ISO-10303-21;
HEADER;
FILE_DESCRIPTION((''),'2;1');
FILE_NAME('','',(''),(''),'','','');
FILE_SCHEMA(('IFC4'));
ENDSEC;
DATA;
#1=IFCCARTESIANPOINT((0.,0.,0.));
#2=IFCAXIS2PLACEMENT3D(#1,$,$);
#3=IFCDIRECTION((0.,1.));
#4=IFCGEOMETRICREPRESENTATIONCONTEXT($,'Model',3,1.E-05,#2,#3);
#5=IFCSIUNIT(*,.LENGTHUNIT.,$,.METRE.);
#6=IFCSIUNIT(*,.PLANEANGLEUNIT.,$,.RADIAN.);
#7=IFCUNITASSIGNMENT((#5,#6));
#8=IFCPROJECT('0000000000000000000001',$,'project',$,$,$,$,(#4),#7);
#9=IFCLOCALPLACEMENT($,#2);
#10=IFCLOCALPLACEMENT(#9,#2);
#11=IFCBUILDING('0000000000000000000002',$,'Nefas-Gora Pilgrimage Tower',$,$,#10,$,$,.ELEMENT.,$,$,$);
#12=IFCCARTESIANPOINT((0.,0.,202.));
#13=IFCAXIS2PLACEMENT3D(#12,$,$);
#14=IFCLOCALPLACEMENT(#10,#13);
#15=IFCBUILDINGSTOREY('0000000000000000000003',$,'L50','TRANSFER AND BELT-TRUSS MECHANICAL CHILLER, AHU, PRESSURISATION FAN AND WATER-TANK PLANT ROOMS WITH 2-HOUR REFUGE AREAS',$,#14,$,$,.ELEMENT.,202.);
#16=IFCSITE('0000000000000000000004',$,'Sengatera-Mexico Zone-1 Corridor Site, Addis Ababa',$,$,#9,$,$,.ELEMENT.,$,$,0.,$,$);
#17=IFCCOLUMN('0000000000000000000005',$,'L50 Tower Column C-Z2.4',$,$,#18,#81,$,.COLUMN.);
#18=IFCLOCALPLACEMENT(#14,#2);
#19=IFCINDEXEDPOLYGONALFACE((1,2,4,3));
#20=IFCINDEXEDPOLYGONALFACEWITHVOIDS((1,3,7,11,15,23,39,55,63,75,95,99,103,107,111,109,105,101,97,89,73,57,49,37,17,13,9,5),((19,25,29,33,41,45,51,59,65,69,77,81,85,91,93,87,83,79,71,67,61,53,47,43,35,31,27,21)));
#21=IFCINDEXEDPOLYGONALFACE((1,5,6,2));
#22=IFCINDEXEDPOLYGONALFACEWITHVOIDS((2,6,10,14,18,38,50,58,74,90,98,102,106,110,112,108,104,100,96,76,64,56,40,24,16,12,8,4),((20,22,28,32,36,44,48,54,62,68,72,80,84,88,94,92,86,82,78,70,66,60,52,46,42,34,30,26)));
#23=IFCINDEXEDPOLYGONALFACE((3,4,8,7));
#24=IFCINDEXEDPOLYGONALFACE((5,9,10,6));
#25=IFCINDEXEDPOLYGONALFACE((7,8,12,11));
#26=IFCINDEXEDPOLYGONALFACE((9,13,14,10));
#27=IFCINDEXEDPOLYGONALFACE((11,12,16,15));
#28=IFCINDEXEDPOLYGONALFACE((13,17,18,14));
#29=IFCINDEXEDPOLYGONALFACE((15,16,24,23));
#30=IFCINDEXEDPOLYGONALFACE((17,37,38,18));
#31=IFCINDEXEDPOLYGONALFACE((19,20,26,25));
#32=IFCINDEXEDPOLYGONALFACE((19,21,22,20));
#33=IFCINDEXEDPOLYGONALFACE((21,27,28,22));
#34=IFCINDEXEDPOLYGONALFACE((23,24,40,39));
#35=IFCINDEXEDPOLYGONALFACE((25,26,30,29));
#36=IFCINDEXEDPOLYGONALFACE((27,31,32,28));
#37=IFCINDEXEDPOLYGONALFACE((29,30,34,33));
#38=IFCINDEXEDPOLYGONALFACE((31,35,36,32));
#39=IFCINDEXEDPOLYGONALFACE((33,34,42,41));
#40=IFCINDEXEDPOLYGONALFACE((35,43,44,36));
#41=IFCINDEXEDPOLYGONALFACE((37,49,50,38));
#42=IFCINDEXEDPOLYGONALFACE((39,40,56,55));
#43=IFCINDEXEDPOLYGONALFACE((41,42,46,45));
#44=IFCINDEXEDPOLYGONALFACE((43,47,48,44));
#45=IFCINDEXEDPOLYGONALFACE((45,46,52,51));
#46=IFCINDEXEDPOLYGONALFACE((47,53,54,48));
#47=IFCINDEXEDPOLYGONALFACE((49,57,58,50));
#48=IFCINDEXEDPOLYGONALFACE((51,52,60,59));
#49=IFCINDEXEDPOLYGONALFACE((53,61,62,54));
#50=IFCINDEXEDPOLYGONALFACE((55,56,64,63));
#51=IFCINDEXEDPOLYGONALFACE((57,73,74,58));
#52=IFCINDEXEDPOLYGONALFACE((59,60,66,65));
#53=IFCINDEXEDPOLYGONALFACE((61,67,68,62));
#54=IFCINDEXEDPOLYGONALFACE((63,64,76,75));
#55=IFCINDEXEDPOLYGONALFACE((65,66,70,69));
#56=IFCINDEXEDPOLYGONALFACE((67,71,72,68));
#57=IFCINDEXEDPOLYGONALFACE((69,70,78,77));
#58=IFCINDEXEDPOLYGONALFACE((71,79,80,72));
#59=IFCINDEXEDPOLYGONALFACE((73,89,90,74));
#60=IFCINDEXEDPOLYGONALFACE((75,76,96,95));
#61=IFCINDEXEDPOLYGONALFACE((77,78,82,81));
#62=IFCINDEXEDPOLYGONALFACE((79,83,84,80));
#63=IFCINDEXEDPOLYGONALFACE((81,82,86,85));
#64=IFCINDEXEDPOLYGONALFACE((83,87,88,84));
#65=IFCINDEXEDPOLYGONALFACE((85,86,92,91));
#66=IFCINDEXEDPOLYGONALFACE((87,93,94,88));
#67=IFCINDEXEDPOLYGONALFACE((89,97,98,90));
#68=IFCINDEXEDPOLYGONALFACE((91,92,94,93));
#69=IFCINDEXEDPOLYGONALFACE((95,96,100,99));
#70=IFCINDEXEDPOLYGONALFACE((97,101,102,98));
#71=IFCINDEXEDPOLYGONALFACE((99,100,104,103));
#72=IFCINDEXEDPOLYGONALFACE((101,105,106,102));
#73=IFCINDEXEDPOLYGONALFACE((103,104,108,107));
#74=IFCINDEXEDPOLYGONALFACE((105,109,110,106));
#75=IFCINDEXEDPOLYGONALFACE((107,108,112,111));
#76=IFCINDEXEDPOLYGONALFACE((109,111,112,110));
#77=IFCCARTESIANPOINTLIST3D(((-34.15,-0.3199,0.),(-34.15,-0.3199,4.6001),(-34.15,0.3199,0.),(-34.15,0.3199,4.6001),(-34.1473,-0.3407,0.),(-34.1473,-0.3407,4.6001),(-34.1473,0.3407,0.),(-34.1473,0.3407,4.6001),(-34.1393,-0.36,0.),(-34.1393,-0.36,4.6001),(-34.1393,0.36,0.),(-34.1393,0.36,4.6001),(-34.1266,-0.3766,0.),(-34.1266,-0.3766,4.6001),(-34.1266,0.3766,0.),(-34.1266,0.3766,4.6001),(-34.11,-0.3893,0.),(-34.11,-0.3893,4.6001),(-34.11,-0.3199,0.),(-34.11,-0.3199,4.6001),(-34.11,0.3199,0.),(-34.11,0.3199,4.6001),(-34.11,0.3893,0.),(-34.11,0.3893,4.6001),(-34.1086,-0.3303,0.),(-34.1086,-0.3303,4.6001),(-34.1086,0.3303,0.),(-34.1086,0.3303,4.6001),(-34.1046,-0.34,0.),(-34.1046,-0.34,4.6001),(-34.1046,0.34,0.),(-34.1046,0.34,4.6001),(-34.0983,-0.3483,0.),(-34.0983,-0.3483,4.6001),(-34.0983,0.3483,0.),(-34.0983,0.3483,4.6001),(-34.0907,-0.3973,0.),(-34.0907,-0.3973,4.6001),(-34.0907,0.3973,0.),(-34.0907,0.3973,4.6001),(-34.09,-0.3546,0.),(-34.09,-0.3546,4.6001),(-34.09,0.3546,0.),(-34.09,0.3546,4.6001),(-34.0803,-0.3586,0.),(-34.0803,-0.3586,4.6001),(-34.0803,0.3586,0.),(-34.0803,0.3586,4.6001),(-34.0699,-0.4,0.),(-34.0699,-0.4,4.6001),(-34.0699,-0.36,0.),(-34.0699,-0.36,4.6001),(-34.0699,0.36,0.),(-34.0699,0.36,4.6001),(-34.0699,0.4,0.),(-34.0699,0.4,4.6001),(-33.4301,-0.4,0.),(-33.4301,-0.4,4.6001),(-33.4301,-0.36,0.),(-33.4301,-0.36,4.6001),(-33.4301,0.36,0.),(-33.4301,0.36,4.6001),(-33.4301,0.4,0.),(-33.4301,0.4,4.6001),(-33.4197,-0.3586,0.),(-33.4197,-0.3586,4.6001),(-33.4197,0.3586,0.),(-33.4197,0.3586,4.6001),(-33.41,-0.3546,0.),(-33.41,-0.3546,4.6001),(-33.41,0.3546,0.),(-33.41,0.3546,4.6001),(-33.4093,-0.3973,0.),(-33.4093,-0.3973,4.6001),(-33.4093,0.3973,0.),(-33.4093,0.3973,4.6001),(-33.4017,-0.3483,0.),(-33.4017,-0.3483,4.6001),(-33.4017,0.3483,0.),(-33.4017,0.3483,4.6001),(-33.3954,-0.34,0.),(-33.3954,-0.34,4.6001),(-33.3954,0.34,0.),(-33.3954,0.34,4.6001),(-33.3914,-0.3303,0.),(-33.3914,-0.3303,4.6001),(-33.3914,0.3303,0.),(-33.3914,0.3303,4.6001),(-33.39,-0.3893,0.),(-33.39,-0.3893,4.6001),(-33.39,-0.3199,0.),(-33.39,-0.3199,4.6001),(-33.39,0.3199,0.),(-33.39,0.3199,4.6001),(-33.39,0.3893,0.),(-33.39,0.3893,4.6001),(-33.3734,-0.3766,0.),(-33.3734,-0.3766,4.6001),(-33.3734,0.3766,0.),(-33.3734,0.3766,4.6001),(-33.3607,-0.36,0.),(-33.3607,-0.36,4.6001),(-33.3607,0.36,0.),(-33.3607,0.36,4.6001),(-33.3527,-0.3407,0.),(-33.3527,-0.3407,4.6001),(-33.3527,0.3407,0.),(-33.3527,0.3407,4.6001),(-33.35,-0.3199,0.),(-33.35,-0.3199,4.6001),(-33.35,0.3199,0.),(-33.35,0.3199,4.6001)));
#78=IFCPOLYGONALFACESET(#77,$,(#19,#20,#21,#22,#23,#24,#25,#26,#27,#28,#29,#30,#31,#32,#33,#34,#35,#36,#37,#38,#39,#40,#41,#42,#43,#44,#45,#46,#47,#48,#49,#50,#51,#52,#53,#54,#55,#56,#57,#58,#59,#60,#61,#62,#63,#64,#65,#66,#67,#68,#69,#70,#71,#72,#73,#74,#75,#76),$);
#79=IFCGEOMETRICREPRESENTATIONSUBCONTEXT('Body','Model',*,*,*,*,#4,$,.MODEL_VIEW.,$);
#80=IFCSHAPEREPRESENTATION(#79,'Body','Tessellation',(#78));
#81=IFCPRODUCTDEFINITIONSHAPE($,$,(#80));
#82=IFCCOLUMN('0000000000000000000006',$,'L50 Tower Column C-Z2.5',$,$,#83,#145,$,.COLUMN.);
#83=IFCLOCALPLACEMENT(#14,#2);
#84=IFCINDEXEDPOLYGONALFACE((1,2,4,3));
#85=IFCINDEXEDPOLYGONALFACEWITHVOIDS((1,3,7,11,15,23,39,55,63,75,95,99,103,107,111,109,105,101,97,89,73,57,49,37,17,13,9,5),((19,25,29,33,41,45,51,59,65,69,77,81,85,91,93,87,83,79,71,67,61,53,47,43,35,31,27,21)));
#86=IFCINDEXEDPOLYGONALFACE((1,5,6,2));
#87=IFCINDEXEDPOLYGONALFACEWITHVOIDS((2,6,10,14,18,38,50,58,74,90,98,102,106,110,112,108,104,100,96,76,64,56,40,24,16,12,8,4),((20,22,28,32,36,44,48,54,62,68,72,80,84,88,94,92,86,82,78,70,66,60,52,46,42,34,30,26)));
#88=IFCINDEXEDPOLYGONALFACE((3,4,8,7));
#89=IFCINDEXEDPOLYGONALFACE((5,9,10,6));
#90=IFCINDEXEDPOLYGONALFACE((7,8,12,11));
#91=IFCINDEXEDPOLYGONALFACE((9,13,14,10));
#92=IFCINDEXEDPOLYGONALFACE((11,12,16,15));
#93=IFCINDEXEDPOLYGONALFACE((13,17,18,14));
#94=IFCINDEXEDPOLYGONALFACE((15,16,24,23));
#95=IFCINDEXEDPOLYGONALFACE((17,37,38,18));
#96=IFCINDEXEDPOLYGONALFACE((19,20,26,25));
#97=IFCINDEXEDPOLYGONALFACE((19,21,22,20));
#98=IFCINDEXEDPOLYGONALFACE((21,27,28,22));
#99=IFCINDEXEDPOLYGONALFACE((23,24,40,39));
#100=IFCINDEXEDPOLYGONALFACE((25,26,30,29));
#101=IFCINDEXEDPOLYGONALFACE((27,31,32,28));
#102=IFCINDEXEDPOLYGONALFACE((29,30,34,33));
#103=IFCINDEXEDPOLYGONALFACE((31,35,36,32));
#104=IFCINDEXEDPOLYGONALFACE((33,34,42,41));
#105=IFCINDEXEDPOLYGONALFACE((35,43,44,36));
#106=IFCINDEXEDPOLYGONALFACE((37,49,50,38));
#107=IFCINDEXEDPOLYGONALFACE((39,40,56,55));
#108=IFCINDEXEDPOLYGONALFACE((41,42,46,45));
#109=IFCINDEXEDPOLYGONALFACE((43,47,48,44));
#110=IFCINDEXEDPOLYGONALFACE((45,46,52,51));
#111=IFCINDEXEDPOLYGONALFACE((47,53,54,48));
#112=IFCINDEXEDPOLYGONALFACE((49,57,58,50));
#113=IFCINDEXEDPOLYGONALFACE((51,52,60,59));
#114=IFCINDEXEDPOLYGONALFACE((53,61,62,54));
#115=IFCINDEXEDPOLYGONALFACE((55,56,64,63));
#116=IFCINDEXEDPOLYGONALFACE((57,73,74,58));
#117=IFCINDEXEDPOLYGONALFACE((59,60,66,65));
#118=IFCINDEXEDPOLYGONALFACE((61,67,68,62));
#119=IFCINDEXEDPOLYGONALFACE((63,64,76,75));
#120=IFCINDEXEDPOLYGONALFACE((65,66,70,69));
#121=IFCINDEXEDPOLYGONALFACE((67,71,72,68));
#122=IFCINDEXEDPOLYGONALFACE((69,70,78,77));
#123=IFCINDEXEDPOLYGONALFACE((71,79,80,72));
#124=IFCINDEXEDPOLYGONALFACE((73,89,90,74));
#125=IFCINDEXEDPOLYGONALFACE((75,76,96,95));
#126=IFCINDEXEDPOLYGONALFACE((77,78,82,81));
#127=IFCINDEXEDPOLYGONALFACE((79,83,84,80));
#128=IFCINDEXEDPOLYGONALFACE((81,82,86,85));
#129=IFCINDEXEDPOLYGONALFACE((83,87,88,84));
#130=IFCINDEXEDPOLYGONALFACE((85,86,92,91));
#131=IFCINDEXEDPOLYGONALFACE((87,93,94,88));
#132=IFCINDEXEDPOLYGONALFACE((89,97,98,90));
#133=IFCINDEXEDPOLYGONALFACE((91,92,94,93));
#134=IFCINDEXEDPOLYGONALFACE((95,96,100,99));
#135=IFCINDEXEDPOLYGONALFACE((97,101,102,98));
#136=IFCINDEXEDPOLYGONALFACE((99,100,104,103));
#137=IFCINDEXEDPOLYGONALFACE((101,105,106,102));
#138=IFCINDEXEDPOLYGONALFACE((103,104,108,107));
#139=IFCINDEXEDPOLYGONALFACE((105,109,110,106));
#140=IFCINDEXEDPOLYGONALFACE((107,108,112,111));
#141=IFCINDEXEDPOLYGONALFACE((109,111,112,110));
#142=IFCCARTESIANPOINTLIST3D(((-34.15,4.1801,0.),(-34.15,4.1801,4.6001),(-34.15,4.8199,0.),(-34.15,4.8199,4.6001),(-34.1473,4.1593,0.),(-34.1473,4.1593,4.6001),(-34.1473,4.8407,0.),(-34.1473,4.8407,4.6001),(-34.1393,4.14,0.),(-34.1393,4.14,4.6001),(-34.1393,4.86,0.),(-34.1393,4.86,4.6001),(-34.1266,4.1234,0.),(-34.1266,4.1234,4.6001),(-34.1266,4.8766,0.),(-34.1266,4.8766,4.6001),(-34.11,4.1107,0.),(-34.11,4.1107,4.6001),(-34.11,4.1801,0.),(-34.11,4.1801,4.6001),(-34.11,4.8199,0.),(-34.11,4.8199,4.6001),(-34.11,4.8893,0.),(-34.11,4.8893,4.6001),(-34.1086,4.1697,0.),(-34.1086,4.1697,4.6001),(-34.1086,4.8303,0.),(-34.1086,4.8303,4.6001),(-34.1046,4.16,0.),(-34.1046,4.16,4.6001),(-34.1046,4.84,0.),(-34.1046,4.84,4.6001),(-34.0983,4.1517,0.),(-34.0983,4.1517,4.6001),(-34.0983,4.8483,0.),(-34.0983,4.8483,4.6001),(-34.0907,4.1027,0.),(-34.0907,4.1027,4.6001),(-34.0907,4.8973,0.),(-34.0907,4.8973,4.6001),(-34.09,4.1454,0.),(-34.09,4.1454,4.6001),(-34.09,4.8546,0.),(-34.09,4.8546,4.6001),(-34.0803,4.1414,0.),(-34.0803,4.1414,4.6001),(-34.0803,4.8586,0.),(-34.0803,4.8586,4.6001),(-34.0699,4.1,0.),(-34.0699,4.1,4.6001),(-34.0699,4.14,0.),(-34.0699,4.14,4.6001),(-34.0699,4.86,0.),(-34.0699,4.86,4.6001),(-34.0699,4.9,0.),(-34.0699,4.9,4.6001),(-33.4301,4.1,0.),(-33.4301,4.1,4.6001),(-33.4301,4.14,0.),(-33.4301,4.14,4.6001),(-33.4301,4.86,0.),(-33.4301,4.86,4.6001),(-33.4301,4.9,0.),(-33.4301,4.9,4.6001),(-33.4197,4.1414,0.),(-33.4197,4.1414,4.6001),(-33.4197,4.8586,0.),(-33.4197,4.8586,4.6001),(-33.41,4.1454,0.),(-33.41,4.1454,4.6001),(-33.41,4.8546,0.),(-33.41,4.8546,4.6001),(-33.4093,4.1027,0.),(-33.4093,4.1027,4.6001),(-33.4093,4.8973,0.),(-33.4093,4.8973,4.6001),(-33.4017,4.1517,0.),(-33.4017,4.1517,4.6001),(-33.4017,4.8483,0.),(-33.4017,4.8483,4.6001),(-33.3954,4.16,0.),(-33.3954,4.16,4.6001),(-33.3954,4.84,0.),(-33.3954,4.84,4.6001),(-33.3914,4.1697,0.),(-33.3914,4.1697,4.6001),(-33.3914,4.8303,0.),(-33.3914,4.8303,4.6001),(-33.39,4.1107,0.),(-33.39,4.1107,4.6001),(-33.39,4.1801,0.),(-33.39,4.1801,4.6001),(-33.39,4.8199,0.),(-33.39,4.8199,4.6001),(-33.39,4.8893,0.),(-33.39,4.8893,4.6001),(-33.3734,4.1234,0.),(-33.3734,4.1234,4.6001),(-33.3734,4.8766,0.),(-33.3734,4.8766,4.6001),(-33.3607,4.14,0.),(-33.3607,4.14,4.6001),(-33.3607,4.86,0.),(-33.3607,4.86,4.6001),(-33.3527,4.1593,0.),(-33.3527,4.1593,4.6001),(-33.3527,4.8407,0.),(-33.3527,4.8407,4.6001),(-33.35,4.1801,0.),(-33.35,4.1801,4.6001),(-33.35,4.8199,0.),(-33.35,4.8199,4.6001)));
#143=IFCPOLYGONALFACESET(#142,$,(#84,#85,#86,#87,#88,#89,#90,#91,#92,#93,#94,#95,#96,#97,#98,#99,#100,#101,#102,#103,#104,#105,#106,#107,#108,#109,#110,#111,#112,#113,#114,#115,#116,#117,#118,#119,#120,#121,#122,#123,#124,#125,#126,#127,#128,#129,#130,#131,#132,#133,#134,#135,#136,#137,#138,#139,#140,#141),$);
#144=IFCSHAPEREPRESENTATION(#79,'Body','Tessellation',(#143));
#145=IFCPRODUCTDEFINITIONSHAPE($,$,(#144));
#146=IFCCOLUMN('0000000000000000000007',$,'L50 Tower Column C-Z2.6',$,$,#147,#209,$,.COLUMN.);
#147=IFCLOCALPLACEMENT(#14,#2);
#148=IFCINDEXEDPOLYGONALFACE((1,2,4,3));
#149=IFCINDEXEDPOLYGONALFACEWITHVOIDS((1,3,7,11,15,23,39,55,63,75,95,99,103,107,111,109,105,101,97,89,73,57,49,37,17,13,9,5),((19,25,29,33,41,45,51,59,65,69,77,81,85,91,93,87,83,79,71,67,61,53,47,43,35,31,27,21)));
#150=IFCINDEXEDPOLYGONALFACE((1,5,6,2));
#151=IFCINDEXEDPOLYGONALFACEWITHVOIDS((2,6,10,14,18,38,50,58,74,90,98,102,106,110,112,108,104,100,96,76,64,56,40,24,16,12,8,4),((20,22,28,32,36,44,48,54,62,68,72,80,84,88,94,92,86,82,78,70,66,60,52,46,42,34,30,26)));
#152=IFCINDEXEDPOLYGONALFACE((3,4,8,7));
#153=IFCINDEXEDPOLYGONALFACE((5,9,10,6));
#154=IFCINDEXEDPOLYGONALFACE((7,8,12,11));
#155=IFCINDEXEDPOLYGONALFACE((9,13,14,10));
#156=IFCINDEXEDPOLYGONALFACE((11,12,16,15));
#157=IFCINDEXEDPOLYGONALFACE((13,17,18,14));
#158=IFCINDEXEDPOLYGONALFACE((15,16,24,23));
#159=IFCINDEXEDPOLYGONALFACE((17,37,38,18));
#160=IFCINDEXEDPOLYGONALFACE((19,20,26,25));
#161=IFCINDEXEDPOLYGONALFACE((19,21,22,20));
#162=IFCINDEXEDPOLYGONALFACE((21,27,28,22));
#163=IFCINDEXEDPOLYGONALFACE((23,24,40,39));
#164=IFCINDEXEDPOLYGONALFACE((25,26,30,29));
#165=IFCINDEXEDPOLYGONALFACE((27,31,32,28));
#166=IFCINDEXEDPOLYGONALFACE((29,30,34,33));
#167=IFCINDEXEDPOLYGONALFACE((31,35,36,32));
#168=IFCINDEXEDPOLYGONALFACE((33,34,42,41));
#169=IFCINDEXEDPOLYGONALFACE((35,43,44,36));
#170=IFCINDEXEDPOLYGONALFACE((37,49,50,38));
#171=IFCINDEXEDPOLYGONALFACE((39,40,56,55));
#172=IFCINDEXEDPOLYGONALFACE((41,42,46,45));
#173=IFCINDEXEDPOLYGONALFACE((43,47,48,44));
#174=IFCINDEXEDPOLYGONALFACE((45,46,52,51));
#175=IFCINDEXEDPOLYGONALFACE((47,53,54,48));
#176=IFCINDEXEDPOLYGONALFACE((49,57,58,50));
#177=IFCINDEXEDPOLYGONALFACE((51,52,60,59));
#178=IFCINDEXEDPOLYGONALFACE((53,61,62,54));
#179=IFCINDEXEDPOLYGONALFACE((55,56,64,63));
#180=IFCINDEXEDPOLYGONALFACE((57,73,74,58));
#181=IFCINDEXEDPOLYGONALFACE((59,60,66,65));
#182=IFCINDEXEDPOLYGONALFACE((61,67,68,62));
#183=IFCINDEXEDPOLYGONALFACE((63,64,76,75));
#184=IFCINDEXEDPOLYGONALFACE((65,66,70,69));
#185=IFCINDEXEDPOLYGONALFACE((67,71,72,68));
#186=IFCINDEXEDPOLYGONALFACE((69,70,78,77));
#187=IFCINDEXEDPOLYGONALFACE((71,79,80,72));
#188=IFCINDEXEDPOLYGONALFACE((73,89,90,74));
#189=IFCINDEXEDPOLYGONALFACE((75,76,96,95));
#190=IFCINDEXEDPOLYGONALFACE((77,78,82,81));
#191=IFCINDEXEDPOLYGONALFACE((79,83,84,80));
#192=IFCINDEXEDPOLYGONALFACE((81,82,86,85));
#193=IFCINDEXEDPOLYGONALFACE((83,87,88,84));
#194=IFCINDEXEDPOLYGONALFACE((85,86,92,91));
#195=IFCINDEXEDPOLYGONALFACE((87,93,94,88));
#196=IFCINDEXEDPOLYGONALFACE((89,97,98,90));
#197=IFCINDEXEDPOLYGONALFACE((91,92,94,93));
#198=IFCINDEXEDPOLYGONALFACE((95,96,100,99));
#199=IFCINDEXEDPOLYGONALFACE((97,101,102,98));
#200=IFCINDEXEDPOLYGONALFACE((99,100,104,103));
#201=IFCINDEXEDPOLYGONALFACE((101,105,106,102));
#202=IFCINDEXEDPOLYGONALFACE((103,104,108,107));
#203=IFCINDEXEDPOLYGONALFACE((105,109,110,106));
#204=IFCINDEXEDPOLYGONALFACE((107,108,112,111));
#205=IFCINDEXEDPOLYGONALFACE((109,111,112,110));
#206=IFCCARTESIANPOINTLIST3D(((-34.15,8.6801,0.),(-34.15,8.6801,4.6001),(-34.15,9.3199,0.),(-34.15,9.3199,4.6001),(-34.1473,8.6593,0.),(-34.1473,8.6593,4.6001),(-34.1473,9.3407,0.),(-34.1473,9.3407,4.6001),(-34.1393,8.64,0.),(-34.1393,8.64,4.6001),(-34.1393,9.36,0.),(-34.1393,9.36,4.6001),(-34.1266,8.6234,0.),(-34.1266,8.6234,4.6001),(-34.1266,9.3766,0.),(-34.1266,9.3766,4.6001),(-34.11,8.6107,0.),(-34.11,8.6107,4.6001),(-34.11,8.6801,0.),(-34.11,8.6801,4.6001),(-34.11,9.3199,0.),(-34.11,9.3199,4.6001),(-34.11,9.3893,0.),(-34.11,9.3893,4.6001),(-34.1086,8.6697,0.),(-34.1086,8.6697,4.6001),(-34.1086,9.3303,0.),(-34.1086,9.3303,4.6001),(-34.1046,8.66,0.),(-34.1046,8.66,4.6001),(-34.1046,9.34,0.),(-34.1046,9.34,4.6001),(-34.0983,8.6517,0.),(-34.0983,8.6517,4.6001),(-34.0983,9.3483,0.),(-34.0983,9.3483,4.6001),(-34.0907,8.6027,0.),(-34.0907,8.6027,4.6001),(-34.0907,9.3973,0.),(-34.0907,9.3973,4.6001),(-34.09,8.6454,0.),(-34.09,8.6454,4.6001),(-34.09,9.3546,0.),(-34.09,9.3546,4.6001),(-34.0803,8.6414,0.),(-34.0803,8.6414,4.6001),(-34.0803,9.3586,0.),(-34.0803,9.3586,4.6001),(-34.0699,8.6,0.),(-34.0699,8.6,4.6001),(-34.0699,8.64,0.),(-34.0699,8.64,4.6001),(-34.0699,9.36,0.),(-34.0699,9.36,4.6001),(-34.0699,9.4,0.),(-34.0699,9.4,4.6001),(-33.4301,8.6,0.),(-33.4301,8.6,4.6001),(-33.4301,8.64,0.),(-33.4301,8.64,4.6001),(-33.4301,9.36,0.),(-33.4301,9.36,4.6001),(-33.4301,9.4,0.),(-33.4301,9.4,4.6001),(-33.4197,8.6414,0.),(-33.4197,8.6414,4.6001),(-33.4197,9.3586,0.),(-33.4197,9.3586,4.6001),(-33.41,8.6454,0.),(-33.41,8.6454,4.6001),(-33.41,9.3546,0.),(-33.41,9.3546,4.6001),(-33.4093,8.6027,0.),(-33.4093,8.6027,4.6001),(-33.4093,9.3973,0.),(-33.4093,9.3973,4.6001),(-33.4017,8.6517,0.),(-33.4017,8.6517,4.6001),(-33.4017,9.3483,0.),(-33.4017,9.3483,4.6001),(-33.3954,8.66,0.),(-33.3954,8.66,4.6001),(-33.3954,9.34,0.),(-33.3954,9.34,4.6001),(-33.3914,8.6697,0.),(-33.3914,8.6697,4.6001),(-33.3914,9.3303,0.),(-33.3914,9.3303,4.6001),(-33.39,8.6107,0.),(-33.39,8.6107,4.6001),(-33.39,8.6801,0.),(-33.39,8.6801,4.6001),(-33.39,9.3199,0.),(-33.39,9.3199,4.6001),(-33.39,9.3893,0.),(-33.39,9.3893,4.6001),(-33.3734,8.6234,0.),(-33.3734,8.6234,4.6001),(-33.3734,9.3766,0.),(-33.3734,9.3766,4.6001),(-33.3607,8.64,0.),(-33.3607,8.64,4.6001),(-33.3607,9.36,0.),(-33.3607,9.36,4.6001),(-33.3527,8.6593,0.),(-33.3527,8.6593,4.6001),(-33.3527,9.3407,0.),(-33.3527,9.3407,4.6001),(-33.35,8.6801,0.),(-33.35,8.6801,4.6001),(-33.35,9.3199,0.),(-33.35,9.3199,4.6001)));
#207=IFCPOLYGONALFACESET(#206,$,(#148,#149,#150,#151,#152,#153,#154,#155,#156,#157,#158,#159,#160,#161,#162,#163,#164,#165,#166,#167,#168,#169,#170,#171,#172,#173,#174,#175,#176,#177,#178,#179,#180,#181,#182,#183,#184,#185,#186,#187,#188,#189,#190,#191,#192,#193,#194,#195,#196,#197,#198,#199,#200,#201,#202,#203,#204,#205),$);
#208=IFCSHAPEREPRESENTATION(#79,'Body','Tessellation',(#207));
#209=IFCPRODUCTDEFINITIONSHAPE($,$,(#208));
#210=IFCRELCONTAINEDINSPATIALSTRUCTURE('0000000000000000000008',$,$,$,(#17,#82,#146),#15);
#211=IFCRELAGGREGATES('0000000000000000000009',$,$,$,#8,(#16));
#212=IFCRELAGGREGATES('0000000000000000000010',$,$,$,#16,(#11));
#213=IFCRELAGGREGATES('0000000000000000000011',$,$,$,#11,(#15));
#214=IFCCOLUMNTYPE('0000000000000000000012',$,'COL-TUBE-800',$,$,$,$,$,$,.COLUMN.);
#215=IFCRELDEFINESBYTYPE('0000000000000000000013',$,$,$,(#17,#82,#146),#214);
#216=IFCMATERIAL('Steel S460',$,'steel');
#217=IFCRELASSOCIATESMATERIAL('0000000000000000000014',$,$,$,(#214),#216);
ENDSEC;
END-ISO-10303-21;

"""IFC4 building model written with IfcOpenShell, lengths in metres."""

from ifc_helpers import new_model, si_unit, direction, frame, origin, origin_2d, place, context, subcontext, project, spatial, hollow_rectangle, extrude, source, transform, mapped, material, material_profile, profile_set, type_object, element, save


model = new_model("IFC4")

# Units and contexts
model_context = context("Model", 3, precision=1e-05, world=origin(), true_north=direction((0.0, 1.0)))
body_context = subcontext(model_context, "Body", "Model", "MODEL_VIEW")
ifc_project = project(units=[si_unit("LENGTHUNIT", "METRE"), si_unit("PLANEANGLEUNIT", "RADIAN")], contexts=[model_context])

# Site, building, storey
site_placement = place(None, origin())
site = spatial("IfcSite", under=ifc_project, at=site_placement, Name="Sengatera-Mexico Zone-1 Corridor Site, Addis Ababa", CompositionType="ELEMENT", RefElevation=0.0)
building_placement = place(site_placement, origin())
building = spatial("IfcBuilding", under=site, at=building_placement, Name="Nefas-Gora Pilgrimage Tower", CompositionType="ELEMENT")
storey_placement = place(building_placement, frame((0.0, 0.0, 202.0)))
storey = spatial("IfcBuildingStorey", under=building, at=storey_placement, Name="L50", Description="TRANSFER AND BELT-TRUSS MECHANICAL CHILLER, AHU, PRESSURISATION FAN AND WATER-TANK PLANT ROOMS WITH 2-HOUR REFUGE AREAS", CompositionType="ELEMENT", Elevation=202.0)

# Columns
ifc_material_1 = material(Name="Steel S460", Category="steel")
ifc_material_profile_1 = material_profile(ifc_material_1, hollow_rectangle(XDim=0.8, YDim=0.8, WallThickness=0.04, InnerFilletRadius=0.04, OuterFilletRadius=0.0801, at=origin_2d()), Name="BOX 800x800x40")
ifc_profile_set_1 = profile_set([ifc_material_profile_1], Name="Steel S460")
column_type_1 = type_object("IfcColumnType", Name="COL-TUBE-800", PredefinedType="COLUMN", material=ifc_profile_set_1)
shared_shape_1 = source(origin(), body_context, "Body", "SweptSolid", [
    extrude(hollow_rectangle(XDim=0.8, YDim=0.8, WallThickness=0.04, InnerFilletRadius=0.04, OuterFilletRadius=0.0801, at=origin_2d()), origin(), (0.0, 0.0, 1.0), 4.6001),
])
for number, where, z_axis, x_axis, name in (
    (1, (-33.75, 0.0, 0.0), (0.0, 0.0, 1.0), (1.0, 0.0, 0.0), "L50 Tower Column C-Z2.4"),
    (2, (-33.75, 4.5, 0.0), (0.0, 0.0, 1.0), (1.0, 0.0, 0.0), "L50 Tower Column C-Z2.5"),
    (3, (-33.75, 9.0, 0.0), (0.0, 0.0, 1.0), (1.0, 0.0, 0.0), "L50 Tower Column C-Z2.6"),
):
    element("IfcColumn", number, at=place(storey_placement, frame(where, z_axis=z_axis, x_axis=x_axis)), inside=storey, type_object=column_type_1, Name=name, PredefinedType="COLUMN", context=body_context, shape_type="MappedRepresentation", body=[
        mapped(shared_shape_1, transform((0.0, 0.0, 0.0), x_axis=(1.0, 0.0, 0.0), y_axis=(0.0, 1.0, 0.0), z_axis=(0.0, 0.0, 1.0), scale=1.0)),
    ])

save(model, "model.ifc")
